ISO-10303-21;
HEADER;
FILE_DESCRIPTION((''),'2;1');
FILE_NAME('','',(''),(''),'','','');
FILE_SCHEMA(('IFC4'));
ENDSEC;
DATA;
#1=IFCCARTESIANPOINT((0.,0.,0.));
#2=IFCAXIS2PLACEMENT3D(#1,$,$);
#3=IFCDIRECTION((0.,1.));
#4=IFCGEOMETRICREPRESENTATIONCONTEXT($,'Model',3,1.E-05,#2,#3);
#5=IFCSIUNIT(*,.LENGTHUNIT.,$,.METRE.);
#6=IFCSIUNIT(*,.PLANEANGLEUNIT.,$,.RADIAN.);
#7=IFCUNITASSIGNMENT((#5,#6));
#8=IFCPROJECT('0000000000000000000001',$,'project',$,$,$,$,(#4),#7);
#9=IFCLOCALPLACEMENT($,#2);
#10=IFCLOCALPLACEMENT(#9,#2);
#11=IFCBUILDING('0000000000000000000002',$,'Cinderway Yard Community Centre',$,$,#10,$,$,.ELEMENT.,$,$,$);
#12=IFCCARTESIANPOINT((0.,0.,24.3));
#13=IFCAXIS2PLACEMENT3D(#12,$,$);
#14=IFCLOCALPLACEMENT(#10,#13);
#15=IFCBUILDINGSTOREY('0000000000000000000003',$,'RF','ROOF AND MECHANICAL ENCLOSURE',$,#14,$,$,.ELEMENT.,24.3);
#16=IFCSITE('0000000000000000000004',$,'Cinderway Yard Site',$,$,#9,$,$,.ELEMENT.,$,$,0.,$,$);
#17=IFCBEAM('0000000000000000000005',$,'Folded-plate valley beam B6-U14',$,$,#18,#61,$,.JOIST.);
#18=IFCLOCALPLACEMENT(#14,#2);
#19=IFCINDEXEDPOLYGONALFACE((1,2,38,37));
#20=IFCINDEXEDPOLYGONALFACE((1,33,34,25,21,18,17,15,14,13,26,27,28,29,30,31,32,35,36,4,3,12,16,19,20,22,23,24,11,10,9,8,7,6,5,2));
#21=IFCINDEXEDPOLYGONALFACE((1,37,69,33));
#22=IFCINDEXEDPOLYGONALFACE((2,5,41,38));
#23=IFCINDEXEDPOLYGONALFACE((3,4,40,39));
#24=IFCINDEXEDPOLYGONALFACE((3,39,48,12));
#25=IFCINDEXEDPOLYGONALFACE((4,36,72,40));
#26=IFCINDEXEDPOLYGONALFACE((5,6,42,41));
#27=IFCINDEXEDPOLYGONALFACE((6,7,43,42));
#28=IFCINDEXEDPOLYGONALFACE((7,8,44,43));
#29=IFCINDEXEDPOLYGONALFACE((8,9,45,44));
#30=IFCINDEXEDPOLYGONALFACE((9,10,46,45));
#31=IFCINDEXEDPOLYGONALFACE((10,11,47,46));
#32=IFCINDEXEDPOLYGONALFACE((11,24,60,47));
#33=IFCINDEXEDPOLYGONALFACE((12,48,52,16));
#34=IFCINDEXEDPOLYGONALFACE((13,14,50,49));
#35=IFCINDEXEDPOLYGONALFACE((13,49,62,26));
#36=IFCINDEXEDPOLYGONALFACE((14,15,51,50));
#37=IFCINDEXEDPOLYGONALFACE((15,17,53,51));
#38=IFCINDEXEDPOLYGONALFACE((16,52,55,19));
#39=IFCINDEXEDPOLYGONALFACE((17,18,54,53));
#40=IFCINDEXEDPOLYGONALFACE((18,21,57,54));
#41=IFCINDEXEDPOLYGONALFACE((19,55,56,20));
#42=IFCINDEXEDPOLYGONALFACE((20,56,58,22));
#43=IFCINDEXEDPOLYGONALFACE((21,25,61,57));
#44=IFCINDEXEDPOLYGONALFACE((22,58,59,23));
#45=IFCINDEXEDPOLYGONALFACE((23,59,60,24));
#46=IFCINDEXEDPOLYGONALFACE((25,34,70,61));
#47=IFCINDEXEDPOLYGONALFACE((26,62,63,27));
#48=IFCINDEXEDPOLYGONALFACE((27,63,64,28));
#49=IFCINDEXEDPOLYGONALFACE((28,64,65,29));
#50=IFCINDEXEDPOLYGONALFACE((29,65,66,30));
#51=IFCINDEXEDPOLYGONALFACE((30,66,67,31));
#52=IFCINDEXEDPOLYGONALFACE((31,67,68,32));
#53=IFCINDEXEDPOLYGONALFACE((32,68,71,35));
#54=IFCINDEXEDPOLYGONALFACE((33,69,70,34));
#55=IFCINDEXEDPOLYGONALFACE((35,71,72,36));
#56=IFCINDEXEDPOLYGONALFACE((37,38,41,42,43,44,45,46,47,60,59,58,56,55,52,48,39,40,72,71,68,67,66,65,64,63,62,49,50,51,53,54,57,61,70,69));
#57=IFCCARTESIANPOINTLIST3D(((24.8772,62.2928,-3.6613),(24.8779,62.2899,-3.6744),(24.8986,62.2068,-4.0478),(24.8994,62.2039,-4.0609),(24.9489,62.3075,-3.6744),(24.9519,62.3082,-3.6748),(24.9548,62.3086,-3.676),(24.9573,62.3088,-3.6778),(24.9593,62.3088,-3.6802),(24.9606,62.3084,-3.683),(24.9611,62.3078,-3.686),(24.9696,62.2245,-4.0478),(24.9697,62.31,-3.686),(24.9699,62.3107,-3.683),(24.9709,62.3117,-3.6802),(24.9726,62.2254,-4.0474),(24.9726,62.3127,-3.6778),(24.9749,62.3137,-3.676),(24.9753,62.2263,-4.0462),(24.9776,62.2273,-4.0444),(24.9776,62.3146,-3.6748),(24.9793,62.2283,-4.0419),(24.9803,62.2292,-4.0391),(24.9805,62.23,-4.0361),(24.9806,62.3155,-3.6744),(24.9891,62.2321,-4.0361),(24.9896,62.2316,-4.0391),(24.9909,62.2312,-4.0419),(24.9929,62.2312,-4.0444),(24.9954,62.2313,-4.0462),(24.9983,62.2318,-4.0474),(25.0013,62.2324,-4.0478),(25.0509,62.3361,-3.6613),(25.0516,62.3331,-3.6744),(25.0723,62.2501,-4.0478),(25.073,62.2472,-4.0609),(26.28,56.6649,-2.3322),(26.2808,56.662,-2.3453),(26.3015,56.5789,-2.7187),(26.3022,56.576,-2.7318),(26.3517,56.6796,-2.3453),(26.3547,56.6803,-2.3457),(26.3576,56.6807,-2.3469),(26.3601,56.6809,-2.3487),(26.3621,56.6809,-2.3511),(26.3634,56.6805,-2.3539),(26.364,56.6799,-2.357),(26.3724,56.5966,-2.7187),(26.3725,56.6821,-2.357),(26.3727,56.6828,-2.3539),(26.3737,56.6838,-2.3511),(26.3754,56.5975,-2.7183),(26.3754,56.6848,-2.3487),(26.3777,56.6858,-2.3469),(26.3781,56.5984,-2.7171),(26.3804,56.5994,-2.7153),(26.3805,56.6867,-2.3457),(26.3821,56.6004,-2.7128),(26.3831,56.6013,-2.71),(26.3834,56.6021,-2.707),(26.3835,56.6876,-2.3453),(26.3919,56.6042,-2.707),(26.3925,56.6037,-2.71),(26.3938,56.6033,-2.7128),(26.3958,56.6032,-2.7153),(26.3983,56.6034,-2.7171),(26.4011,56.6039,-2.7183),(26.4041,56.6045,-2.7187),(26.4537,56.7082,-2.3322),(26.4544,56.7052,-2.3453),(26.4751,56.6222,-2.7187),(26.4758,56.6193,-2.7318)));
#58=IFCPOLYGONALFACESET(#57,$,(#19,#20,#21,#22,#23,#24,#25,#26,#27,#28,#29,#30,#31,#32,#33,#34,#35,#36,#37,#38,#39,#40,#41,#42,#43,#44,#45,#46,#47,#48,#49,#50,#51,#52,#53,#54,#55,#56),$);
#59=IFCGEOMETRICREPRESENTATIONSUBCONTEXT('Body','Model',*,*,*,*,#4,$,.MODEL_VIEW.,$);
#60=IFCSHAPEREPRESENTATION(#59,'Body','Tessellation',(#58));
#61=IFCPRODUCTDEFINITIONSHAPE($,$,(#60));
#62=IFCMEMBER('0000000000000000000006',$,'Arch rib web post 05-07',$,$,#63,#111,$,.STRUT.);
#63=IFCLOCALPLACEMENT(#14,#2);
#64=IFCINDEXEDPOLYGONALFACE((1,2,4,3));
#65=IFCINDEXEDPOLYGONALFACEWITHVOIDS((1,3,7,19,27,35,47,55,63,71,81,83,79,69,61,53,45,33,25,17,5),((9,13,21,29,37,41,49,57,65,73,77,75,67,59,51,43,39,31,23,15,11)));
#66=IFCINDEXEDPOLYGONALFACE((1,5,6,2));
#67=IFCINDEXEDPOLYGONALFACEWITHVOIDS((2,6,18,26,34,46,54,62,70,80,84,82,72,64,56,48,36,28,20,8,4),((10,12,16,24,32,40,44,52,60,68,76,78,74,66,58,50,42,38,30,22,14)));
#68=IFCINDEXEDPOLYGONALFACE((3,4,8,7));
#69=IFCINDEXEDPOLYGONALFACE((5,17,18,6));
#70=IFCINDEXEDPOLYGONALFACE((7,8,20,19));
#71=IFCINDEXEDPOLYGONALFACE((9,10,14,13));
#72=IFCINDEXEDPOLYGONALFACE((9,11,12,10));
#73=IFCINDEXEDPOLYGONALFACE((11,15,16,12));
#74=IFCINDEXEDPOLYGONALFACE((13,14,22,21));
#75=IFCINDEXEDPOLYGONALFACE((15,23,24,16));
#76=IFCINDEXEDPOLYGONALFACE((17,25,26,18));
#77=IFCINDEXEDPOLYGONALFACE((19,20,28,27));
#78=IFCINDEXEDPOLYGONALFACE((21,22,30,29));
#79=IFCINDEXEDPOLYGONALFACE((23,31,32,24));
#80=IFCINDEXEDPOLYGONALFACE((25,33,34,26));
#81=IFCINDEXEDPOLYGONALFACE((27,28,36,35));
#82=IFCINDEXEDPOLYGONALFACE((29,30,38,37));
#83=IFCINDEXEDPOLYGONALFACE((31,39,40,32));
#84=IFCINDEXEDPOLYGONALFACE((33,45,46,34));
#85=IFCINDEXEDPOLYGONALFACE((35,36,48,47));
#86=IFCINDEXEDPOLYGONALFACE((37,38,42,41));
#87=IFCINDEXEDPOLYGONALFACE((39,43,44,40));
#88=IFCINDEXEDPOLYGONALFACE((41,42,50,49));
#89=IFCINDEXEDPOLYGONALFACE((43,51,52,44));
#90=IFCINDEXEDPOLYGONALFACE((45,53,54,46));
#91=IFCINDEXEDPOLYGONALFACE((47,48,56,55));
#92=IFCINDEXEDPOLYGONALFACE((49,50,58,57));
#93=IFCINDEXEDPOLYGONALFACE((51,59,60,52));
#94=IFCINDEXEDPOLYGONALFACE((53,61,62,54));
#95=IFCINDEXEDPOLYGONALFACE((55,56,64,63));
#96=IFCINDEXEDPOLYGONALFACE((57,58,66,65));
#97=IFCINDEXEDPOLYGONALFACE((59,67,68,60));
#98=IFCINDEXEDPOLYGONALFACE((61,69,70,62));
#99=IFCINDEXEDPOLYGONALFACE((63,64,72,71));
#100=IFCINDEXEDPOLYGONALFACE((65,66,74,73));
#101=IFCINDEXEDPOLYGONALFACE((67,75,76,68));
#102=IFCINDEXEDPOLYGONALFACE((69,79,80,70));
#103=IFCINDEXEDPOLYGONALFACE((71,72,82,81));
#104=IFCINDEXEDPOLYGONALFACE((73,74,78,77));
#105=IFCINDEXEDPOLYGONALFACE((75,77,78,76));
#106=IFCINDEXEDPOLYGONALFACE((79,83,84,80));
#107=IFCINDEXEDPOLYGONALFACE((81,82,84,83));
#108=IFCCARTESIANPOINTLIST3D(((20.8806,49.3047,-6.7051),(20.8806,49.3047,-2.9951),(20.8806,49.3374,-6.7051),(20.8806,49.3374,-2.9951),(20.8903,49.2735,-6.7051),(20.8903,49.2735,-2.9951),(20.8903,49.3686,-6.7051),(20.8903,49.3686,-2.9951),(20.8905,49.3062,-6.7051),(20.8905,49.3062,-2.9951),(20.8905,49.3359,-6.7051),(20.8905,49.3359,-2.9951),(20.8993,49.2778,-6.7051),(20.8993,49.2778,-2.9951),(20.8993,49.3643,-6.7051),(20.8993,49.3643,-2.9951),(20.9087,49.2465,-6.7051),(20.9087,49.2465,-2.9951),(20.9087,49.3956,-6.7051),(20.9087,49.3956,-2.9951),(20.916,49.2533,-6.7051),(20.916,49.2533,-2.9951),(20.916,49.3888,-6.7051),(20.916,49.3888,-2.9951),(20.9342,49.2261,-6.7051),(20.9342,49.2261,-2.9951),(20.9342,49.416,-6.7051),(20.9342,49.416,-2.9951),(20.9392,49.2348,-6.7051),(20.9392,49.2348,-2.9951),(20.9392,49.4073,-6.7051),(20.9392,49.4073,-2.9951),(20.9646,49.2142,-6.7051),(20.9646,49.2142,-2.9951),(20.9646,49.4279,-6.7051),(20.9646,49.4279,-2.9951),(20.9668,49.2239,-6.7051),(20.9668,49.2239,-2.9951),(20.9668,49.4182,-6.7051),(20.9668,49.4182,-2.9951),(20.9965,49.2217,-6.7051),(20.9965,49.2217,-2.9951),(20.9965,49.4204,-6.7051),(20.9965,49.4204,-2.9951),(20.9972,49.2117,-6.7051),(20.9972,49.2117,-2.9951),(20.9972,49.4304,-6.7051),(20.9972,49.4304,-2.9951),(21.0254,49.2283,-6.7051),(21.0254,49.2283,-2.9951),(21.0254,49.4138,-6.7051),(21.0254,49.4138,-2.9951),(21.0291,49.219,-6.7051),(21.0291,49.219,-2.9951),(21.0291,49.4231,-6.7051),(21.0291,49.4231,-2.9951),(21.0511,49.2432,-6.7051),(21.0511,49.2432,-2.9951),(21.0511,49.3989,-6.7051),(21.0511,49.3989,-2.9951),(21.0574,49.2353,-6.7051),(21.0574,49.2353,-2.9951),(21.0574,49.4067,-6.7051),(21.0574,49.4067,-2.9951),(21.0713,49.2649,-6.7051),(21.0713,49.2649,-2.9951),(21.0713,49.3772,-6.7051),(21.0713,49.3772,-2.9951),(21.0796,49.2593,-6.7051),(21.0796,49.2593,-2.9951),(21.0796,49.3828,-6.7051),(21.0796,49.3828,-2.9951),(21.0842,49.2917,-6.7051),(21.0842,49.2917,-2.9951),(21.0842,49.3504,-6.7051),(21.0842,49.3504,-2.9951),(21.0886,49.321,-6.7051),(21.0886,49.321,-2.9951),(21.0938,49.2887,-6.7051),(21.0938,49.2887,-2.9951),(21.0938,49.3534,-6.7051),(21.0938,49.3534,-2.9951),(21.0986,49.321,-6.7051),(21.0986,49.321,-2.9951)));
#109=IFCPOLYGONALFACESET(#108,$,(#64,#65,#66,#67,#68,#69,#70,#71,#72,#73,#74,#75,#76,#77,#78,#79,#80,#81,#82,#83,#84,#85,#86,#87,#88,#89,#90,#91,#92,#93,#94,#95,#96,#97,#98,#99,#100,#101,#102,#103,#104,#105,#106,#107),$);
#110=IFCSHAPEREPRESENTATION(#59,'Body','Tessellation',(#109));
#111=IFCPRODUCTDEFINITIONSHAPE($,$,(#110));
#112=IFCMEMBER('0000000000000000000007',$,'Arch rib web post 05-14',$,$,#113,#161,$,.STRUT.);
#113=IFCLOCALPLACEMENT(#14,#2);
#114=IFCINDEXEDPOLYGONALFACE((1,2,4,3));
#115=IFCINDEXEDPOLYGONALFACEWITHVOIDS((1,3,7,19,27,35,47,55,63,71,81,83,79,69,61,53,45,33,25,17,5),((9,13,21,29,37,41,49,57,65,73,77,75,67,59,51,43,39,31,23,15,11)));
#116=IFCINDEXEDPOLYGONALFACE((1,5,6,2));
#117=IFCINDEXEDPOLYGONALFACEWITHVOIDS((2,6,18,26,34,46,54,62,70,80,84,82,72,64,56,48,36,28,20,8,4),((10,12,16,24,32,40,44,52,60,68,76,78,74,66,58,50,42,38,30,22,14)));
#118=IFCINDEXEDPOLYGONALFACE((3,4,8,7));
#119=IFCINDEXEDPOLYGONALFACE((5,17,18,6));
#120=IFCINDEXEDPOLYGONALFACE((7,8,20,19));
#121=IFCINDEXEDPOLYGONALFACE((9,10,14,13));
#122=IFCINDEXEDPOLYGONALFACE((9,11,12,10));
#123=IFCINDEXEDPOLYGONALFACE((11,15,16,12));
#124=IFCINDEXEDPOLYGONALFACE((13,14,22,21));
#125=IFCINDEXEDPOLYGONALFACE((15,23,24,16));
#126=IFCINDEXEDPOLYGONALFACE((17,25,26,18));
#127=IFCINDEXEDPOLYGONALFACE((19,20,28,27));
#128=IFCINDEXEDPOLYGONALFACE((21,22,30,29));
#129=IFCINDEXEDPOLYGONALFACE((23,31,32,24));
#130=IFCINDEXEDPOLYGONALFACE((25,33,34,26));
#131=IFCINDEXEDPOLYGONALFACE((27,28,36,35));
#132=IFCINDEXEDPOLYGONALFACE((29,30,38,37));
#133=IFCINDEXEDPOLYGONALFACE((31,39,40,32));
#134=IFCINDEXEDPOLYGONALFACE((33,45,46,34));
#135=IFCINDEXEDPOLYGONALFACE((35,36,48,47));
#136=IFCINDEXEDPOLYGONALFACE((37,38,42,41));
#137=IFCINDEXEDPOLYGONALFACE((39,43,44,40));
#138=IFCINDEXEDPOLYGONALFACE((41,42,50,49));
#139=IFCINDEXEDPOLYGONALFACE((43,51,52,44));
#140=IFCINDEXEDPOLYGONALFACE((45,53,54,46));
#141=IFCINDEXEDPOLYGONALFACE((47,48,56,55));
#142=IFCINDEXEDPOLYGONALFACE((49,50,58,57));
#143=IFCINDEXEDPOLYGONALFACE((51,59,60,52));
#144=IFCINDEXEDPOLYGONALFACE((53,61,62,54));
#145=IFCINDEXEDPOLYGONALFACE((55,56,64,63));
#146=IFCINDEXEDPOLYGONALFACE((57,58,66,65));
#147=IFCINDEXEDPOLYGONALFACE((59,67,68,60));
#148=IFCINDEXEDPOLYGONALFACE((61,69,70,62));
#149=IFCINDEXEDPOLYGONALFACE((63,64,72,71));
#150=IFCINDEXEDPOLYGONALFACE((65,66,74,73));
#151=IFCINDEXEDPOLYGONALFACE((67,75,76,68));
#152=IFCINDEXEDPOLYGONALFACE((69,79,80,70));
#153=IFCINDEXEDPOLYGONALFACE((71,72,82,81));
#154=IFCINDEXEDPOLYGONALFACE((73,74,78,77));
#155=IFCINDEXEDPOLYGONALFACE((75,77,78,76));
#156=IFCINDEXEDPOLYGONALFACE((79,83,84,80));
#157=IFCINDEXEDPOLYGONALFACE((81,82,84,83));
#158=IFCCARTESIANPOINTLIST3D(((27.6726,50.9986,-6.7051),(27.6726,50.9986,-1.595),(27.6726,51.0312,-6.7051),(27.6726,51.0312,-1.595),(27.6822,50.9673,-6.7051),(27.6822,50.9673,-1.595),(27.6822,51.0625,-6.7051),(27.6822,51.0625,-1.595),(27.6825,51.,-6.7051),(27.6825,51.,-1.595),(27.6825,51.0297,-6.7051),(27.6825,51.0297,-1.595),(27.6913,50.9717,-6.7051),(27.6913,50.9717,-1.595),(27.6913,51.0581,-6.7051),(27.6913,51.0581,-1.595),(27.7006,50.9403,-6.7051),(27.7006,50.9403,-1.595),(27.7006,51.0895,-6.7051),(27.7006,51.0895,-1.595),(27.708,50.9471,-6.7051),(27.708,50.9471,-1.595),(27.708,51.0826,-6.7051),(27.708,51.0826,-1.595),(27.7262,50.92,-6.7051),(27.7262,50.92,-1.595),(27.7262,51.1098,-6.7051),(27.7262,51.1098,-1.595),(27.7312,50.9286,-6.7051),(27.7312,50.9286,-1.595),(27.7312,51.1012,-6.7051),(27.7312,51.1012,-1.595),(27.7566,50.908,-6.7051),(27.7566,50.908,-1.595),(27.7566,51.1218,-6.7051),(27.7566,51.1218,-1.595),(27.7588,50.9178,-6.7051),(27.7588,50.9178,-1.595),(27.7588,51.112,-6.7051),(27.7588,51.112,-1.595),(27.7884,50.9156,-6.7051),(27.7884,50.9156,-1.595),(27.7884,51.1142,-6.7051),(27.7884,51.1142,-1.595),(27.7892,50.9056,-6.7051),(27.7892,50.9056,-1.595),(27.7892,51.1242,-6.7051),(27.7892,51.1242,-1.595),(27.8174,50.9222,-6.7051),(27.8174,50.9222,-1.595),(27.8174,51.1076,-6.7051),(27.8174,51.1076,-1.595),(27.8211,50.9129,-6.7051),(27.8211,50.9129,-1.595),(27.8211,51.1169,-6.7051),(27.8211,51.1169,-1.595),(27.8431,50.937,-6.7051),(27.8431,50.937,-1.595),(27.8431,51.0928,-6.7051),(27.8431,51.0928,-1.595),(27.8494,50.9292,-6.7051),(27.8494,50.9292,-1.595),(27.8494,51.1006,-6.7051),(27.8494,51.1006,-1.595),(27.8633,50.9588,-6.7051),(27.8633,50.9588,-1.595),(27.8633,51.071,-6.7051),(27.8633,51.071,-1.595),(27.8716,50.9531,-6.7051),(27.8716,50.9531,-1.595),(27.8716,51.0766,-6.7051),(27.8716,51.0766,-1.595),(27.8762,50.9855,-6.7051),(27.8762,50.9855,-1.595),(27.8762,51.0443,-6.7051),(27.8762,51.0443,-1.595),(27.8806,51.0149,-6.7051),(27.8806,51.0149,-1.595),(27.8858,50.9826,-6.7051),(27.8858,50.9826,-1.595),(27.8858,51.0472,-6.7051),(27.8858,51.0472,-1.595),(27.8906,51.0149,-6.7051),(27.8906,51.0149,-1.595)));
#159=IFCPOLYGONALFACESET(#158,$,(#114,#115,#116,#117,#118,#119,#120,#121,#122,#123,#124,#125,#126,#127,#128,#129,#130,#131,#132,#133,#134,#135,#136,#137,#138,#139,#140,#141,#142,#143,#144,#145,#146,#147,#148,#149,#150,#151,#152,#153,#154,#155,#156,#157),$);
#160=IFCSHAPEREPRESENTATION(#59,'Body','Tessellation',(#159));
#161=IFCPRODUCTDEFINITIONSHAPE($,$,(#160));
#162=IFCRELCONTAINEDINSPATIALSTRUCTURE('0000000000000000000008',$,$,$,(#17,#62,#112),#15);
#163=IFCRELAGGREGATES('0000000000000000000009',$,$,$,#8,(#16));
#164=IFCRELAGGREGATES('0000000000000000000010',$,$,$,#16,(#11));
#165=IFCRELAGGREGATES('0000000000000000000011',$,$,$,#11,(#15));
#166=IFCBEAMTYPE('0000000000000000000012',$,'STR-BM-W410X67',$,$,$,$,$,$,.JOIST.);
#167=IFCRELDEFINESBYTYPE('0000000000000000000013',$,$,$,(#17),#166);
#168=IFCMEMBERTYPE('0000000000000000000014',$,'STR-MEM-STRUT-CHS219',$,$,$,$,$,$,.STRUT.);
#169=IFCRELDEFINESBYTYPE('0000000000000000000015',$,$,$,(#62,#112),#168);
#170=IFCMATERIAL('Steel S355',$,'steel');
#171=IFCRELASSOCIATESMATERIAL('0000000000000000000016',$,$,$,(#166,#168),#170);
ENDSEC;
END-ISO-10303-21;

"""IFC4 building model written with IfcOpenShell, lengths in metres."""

from ifc_helpers import new_model, si_unit, direction, frame, origin, origin_2d, place, context, subcontext, project, spatial, hollow_circle, i_section, extrude, material, material_profile, profile_set, type_object, element, save


model = new_model("IFC4")

# Units and contexts
model_context = context("Model", 3, precision=1e-05, world=origin(), true_north=direction((0.0, 1.0)))
body_context = subcontext(model_context, "Body", "Model", "MODEL_VIEW")
ifc_project = project(units=[si_unit("LENGTHUNIT", "METRE"), si_unit("PLANEANGLEUNIT", "RADIAN")], contexts=[model_context])

# Site, building, storey
site_placement = place(None, origin())
site = spatial("IfcSite", under=ifc_project, at=site_placement, Name="Cinderway Yard Site", CompositionType="ELEMENT", RefElevation=0.0)
building_placement = place(site_placement, origin())
building = spatial("IfcBuilding", under=site, at=building_placement, Name="Cinderway Yard Community Centre", CompositionType="ELEMENT")
storey_placement = place(building_placement, frame((0.0, 0.0, 24.3)))
storey = spatial("IfcBuildingStorey", under=building, at=storey_placement, Name="RF", Description="ROOF AND MECHANICAL ENCLOSURE", CompositionType="ELEMENT", Elevation=24.3)

# Beam
ifc_material_1 = material(Name="Steel S355", Category="steel")
ifc_material_profile_1 = material_profile(ifc_material_1, i_section(OverallWidth=0.179, OverallDepth=0.4099, WebThickness=0.0088, FlangeThickness=0.0134, FilletRadius=0.012, at=origin_2d()), Name="Steel S355")
ifc_profile_set_1 = profile_set([ifc_material_profile_1], Name="Steel S355")
beam_type_1 = type_object("IfcBeamType", Name="STR-BM-W410X67", PredefinedType="JOIST", material=ifc_profile_set_1)
beam_1_placement = place(storey_placement, frame((26.3779, 56.6421, -2.532), z_axis=(-0.235752, 0.945797, -0.223361), x_axis=(-0.970311, -0.241862, 0.0)))
element("IfcBeam", 1, at=beam_1_placement, inside=storey, type_object=beam_type_1, Name="Folded-plate valley beam B6-U14", PredefinedType="JOIST", context=body_context, shape_type="SweptSolid", body=[
    extrude(i_section(OverallWidth=0.179, OverallDepth=0.4099, WebThickness=0.0088, FlangeThickness=0.0134, FilletRadius=0.012, at=origin_2d()), origin(), (0.0, 0.0, 1.0), 5.9504),
])

# Members
ifc_material_profile_2 = material_profile(ifc_material_1, hollow_circle(Radius=0.1096, WallThickness=0.01, at=origin_2d()), Name="Steel S355")
ifc_profile_set_2 = profile_set([ifc_material_profile_2], Name="Steel S355")
member_type = type_object("IfcMemberType", Name="STR-MEM-STRUT-CHS219", PredefinedType="STRUT", material=ifc_profile_set_2)
member_1_placement = place(storey_placement, frame((20.989, 49.321, -6.7051), z_axis=(0.0, 0.0, 1.0), x_axis=(1.0, 0.0, 0.0)))
element("IfcMember", 2, at=member_1_placement, inside=storey, type_object=member_type, Name="Arch rib web post 05-07", PredefinedType="STRUT", context=body_context, shape_type="SweptSolid", body=[
    extrude(hollow_circle(Radius=0.1096, WallThickness=0.01, at=origin_2d()), origin(), (0.0, 0.0, 1.0), 3.71),
])
member_2_placement = place(storey_placement, frame((27.781, 51.0149, -6.7051), z_axis=(0.0, 0.0, 1.0), x_axis=(1.0, 0.0, 0.0)))
element("IfcMember", 3, at=member_2_placement, inside=storey, type_object=member_type, Name="Arch rib web post 05-14", PredefinedType="STRUT", context=body_context, shape_type="SweptSolid", body=[
    extrude(hollow_circle(Radius=0.1096, WallThickness=0.01, at=origin_2d()), origin(), (0.0, 0.0, 1.0), 5.1101),
])

save(model, "model.ifc")
